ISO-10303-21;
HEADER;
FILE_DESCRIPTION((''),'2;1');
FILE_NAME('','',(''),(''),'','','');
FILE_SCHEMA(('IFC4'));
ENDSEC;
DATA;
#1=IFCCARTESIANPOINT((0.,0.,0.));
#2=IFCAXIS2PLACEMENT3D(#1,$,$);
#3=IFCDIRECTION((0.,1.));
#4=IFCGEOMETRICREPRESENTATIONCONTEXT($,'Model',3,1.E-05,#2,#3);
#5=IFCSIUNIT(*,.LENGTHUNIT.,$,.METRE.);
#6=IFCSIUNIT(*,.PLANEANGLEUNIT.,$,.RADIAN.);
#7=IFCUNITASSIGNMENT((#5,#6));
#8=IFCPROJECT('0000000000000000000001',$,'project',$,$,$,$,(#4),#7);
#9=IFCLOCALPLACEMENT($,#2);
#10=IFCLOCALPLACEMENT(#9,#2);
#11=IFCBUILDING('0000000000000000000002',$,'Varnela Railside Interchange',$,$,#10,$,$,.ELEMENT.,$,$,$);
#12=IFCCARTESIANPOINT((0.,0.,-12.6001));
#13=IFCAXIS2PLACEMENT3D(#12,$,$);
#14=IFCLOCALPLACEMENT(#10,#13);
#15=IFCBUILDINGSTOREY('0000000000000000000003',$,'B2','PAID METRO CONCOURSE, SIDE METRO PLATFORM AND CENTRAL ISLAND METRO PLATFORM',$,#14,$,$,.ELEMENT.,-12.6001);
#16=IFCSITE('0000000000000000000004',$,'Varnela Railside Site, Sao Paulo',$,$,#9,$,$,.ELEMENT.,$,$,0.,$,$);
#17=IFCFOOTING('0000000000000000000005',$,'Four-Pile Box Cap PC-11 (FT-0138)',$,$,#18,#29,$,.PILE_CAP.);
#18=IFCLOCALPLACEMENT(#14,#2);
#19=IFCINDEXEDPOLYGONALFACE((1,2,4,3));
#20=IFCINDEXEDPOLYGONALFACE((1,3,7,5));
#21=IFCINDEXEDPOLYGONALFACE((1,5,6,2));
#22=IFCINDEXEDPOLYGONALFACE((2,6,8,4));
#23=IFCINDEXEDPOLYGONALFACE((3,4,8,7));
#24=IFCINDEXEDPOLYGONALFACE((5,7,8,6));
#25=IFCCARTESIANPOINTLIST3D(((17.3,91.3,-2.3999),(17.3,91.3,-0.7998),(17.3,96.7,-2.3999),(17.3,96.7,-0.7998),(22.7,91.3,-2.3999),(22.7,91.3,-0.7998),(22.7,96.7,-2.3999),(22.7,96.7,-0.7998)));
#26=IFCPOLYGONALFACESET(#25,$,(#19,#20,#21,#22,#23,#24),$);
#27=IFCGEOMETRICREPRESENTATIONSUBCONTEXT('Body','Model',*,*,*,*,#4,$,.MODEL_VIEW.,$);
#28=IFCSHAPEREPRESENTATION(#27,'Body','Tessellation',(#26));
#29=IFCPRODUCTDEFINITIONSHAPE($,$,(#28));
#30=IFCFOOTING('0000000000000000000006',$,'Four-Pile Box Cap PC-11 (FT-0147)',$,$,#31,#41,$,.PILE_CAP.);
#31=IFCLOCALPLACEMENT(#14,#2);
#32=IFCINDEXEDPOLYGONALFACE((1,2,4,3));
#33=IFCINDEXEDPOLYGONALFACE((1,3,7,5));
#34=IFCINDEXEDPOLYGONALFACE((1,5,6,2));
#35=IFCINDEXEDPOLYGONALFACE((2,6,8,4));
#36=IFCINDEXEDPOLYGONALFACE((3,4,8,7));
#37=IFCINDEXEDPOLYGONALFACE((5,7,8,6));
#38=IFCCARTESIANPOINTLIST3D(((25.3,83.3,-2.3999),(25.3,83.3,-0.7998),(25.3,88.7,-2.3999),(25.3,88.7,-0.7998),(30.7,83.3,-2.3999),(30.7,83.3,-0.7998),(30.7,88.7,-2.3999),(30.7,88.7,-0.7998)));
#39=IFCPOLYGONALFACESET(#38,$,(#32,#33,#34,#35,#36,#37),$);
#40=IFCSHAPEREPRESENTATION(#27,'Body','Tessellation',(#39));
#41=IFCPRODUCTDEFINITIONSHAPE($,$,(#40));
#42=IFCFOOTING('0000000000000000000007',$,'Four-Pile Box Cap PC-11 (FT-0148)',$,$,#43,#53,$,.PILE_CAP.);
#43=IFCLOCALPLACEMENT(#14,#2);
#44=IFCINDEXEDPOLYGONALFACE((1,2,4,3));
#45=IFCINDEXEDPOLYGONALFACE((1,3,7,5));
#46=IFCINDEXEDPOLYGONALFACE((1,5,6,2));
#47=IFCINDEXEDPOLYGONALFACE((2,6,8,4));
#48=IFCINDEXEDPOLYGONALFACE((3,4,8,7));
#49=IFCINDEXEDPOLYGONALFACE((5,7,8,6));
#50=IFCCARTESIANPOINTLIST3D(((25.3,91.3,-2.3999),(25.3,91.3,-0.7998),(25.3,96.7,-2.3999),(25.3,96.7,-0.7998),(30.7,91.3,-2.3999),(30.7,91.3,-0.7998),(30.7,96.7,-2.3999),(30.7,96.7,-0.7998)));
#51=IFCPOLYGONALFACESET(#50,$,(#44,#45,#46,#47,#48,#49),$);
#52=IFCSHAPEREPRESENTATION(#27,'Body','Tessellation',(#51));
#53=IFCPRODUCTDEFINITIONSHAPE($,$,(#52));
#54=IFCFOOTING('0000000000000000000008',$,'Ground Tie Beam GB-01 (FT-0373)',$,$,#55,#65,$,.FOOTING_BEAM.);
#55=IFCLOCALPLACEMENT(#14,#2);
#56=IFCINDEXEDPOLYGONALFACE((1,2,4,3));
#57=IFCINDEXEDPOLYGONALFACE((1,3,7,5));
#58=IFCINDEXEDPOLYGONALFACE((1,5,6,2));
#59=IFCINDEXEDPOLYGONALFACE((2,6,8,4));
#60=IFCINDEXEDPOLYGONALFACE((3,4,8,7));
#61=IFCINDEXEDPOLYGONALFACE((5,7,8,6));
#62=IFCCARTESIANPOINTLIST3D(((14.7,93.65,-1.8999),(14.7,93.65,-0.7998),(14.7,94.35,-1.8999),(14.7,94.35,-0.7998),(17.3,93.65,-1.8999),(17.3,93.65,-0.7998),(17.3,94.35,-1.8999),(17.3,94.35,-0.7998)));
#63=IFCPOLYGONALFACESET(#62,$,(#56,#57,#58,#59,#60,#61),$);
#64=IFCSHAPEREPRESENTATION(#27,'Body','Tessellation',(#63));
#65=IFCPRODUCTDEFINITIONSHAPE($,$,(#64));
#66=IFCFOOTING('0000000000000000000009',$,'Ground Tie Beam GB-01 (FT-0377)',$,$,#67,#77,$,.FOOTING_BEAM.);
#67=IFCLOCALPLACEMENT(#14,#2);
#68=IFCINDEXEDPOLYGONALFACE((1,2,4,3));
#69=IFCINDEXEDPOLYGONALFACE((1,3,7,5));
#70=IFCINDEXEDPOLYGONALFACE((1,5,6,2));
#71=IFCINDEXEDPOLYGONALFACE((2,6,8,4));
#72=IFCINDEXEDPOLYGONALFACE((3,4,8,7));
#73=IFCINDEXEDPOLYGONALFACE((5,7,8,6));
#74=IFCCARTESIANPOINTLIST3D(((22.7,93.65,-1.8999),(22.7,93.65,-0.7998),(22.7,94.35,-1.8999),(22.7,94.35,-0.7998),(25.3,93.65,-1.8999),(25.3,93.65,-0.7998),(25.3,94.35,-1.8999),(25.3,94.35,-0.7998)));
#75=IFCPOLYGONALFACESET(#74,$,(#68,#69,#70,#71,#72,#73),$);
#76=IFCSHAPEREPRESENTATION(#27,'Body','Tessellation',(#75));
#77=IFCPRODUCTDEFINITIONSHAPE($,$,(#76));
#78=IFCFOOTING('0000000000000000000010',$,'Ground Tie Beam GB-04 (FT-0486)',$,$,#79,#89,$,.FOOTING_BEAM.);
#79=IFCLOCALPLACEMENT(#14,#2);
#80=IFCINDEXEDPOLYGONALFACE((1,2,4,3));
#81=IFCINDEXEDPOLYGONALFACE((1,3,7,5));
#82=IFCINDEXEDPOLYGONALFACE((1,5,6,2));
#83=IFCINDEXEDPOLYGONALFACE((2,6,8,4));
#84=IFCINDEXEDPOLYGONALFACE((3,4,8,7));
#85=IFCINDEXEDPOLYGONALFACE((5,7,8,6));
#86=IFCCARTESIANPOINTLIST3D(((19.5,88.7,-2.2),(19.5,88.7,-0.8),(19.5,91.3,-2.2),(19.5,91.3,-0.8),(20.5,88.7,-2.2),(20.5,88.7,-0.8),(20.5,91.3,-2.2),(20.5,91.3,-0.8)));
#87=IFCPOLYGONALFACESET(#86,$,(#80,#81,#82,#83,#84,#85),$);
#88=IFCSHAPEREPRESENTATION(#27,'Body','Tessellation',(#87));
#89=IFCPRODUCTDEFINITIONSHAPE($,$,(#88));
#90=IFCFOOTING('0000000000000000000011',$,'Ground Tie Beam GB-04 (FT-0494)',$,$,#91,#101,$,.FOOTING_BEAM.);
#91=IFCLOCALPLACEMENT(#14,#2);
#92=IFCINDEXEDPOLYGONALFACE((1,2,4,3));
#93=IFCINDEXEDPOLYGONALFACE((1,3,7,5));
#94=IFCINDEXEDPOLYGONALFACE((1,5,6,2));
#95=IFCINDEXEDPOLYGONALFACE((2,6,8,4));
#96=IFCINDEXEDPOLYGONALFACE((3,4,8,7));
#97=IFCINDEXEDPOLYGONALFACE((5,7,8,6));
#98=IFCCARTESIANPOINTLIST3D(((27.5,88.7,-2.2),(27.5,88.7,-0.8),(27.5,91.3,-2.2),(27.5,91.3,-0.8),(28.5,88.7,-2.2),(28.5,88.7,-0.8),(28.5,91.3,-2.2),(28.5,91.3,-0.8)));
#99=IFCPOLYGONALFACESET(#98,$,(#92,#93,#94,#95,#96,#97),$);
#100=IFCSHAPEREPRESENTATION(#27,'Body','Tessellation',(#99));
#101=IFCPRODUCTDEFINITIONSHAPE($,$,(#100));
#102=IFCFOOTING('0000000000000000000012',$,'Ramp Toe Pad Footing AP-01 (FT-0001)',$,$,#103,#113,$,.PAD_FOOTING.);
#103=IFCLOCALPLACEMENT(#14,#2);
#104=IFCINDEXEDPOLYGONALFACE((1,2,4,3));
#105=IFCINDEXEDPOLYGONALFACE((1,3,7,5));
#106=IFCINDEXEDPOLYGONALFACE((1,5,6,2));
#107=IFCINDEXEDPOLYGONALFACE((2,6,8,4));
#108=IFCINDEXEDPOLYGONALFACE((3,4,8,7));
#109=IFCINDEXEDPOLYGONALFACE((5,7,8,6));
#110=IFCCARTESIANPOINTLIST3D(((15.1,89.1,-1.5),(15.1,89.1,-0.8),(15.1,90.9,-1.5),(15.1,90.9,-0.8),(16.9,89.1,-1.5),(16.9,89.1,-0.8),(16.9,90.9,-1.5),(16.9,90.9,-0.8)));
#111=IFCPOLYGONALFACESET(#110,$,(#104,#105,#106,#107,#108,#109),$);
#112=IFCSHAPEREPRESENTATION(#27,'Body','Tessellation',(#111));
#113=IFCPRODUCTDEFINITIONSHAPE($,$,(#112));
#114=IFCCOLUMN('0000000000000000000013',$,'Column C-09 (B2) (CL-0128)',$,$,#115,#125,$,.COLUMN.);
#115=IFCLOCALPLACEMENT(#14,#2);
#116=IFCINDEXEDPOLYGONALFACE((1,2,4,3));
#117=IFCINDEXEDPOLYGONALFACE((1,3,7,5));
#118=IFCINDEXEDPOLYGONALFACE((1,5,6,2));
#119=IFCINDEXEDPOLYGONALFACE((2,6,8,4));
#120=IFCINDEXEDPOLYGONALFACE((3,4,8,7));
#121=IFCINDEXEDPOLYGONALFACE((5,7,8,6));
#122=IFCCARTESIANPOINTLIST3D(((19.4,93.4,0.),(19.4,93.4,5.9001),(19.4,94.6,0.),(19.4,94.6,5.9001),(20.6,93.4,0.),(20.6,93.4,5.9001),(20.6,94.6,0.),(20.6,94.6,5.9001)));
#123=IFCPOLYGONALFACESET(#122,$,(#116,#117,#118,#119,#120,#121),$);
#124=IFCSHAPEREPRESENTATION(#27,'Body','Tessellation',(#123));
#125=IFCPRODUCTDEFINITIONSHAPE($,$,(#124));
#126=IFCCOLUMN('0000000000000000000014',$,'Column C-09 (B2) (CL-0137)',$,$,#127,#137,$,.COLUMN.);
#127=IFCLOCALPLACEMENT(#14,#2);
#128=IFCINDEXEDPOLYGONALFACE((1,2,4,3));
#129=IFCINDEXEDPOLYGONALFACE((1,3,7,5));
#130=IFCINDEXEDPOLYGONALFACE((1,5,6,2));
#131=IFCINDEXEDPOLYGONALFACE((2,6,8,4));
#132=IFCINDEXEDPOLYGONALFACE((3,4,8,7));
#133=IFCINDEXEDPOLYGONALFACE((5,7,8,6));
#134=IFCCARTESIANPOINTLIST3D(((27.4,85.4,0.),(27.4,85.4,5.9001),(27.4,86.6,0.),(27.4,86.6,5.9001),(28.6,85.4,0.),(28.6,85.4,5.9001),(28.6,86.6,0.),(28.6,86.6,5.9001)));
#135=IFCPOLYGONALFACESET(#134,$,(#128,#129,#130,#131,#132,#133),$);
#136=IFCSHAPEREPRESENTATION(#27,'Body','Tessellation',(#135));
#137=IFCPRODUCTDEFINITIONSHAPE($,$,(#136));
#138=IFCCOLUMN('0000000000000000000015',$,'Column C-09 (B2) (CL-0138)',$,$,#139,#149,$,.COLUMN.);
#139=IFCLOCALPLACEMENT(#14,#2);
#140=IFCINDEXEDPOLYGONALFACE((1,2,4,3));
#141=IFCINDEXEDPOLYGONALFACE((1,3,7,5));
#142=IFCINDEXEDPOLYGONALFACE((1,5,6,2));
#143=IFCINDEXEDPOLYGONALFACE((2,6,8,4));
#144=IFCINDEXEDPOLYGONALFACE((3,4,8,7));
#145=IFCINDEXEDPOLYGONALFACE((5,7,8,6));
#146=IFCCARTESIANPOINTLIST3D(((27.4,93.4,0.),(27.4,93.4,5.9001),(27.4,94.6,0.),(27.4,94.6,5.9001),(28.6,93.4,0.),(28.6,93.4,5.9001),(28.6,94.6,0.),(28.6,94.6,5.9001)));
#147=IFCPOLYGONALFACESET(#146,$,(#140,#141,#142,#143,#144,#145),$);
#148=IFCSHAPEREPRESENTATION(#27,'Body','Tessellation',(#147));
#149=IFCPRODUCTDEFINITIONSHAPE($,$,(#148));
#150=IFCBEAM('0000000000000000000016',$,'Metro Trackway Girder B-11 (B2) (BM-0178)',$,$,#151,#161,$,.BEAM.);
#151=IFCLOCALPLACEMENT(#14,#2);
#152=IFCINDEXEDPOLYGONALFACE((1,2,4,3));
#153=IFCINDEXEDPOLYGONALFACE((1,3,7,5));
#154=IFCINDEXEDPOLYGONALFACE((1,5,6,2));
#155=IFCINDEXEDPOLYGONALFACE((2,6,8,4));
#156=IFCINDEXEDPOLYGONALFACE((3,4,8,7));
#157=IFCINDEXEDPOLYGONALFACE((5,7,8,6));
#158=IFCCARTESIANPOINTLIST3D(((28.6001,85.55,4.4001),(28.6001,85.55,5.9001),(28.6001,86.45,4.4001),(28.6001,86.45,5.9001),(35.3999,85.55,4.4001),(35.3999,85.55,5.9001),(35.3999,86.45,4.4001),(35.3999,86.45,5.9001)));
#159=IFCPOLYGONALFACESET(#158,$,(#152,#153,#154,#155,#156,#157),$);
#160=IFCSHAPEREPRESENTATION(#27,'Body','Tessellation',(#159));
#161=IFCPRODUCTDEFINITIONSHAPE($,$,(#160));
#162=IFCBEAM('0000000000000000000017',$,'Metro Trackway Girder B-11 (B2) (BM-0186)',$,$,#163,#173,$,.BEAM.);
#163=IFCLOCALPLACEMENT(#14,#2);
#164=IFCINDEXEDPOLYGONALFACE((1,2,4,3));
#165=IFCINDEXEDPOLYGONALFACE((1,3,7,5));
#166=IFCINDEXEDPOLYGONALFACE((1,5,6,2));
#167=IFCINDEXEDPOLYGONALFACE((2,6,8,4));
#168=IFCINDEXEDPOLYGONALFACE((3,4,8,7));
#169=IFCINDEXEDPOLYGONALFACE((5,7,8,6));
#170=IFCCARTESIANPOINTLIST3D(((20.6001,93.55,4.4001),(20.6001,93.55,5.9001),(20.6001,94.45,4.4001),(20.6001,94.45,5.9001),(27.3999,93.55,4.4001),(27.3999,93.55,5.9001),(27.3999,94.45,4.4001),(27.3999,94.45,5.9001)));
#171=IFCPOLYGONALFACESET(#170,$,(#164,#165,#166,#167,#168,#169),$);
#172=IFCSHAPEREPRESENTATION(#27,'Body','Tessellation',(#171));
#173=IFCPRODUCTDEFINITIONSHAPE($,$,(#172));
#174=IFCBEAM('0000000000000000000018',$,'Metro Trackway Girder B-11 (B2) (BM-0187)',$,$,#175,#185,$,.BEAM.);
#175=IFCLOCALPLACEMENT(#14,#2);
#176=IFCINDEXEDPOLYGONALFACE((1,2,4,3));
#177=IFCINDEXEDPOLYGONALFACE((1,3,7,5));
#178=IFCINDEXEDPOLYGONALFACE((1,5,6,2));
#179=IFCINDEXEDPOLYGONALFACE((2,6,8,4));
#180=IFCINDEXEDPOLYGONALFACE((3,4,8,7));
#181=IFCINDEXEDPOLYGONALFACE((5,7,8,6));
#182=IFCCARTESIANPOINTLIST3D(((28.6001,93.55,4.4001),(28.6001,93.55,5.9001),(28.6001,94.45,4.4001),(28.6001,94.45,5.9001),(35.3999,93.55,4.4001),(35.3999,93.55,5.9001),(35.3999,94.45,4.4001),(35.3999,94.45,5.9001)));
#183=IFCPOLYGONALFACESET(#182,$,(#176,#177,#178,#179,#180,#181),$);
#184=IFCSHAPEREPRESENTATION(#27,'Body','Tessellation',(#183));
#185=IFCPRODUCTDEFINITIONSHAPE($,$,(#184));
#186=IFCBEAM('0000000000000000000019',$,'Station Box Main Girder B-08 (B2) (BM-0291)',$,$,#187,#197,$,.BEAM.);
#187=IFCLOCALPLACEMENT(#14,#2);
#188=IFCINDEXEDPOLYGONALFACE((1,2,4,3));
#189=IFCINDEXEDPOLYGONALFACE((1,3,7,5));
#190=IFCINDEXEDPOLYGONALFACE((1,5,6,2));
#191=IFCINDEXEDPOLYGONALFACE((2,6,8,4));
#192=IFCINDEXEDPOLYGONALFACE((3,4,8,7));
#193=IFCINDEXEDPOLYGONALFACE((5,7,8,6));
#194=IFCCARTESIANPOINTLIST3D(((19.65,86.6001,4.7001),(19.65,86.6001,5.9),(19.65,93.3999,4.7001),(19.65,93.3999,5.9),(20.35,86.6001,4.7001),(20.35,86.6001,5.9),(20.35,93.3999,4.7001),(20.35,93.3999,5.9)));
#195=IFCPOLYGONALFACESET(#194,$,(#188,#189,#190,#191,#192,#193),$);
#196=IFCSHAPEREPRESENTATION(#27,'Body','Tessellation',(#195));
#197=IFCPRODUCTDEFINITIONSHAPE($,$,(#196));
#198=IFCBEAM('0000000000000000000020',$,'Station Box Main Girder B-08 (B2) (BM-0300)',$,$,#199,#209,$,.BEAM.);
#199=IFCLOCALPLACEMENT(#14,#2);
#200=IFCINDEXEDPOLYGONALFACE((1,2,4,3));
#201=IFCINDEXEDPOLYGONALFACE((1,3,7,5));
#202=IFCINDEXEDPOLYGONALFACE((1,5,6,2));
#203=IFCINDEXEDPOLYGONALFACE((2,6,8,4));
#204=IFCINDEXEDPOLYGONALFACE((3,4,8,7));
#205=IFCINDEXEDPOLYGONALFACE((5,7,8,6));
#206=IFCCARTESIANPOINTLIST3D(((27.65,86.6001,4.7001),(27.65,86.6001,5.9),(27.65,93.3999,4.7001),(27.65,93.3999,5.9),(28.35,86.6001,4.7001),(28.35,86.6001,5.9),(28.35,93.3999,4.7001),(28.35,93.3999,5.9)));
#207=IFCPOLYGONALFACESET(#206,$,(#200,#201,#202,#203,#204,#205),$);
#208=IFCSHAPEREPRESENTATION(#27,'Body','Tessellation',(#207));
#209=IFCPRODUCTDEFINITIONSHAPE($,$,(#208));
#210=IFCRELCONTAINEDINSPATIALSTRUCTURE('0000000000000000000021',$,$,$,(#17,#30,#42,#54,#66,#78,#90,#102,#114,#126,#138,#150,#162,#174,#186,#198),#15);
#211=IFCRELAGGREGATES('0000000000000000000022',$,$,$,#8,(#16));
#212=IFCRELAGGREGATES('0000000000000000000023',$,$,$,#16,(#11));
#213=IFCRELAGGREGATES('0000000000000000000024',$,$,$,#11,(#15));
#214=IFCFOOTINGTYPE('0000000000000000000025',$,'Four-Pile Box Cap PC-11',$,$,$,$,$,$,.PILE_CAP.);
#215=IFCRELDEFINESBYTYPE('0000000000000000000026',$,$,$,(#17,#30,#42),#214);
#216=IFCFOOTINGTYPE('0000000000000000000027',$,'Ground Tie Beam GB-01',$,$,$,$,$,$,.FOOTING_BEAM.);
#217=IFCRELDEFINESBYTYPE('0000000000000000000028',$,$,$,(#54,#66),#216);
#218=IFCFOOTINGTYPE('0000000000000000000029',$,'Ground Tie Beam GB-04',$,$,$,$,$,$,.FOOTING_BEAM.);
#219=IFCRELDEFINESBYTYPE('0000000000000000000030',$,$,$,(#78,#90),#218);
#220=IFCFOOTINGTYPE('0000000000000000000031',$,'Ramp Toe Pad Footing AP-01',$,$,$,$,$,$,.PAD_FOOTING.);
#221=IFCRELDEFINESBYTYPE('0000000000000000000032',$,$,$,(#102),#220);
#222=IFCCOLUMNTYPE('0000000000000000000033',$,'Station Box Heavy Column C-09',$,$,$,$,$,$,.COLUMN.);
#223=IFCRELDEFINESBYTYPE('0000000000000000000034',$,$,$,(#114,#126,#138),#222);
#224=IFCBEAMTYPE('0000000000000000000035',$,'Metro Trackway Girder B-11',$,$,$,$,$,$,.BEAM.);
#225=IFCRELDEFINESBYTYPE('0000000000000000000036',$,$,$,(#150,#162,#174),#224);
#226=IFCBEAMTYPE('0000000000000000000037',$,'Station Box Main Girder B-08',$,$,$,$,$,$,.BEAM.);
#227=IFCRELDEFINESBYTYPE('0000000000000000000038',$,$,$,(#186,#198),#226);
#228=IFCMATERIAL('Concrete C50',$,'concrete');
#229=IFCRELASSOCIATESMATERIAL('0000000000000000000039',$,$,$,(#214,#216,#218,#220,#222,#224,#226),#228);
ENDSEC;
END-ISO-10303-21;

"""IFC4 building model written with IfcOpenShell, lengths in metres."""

from ifc_helpers import new_model, si_unit, direction, frame, origin, origin_2d, place, context, subcontext, project, spatial, rectangle, extrude, material, material_profile, profile_set, type_object, element, save


model = new_model("IFC4")

# Units and contexts
model_context = context("Model", 3, precision=1e-05, world=origin(), true_north=direction((0.0, 1.0)))
body_context = subcontext(model_context, "Body", "Model", "MODEL_VIEW")
ifc_project = project(units=[si_unit("LENGTHUNIT", "METRE"), si_unit("PLANEANGLEUNIT", "RADIAN")], contexts=[model_context])

# Site, building, storey
site_placement = place(None, origin())
site = spatial("IfcSite", under=ifc_project, at=site_placement, Name="Varnela Railside Site, Sao Paulo", CompositionType="ELEMENT", RefElevation=0.0)
building_placement = place(site_placement, origin())
building = spatial("IfcBuilding", under=site, at=building_placement, Name="Varnela Railside Interchange", CompositionType="ELEMENT")
storey_placement = place(building_placement, frame((0.0, 0.0, -12.6001)))
storey = spatial("IfcBuildingStorey", under=building, at=storey_placement, Name="B2", Description="PAID METRO CONCOURSE, SIDE METRO PLATFORM AND CENTRAL ISLAND METRO PLATFORM", CompositionType="ELEMENT", Elevation=-12.6001)

# Footings
ifc_material_1 = material(Name="Concrete C50", Category="concrete")
footing_type_1 = type_object("IfcFootingType", Name="Four-Pile Box Cap PC-11", PredefinedType="PILE_CAP", material=ifc_material_1)
for number, where, z_axis, x_axis, name in (
    (1, (20.0, 94.0, -2.3999), (0.0, 0.0, 1.0), (1.0, 0.0, 0.0), "Four-Pile Box Cap PC-11 (FT-0138)"),
    (2, (28.0, 86.0, -2.3999), (0.0, 0.0, 1.0), (1.0, 0.0, 0.0), "Four-Pile Box Cap PC-11 (FT-0147)"),
    (3, (28.0, 94.0, -2.3999), (0.0, 0.0, 1.0), (1.0, 0.0, 0.0), "Four-Pile Box Cap PC-11 (FT-0148)"),
):
    element("IfcFooting", number, at=place(storey_placement, frame(where, z_axis=z_axis, x_axis=x_axis)), inside=storey, type_object=footing_type_1, Name=name, PredefinedType="PILE_CAP", context=body_context, shape_type="SweptSolid", body=[
        extrude(rectangle(XDim=5.3999, YDim=5.3999, at=origin_2d()), origin(), (0.0, 0.0, 1.0), 1.6001),
    ])
footing_type_2 = type_object("IfcFootingType", Name="Ground Tie Beam GB-01", PredefinedType="FOOTING_BEAM", material=ifc_material_1)
for number, where, z_axis, x_axis, name in (
    (4, (16.0, 94.0, -1.8999), (0.0, 0.0, 1.0), (1.0, 0.0, 0.0), "Ground Tie Beam GB-01 (FT-0373)"),
    (5, (24.0, 94.0, -1.8999), (0.0, 0.0, 1.0), (1.0, 0.0, 0.0), "Ground Tie Beam GB-01 (FT-0377)"),
):
    element("IfcFooting", number, at=place(storey_placement, frame(where, z_axis=z_axis, x_axis=x_axis)), inside=storey, type_object=footing_type_2, Name=name, PredefinedType="FOOTING_BEAM", context=body_context, shape_type="SweptSolid", body=[
        extrude(rectangle(XDim=2.6001, YDim=0.7, at=origin_2d()), origin(), (0.0, 0.0, 1.0), 1.1001),
    ])
footing_type_3 = type_object("IfcFootingType", Name="Ground Tie Beam GB-04", PredefinedType="FOOTING_BEAM", material=ifc_material_1)
for number, where, z_axis, x_axis, name in (
    (6, (20.0, 90.0, -2.2), (0.0, 0.0, 1.0), (1.0, 0.0, 0.0), "Ground Tie Beam GB-04 (FT-0486)"),
    (7, (28.0, 90.0, -2.2), (0.0, 0.0, 1.0), (1.0, 0.0, 0.0), "Ground Tie Beam GB-04 (FT-0494)"),
):
    element("IfcFooting", number, at=place(storey_placement, frame(where, z_axis=z_axis, x_axis=x_axis)), inside=storey, type_object=footing_type_3, Name=name, PredefinedType="FOOTING_BEAM", context=body_context, shape_type="SweptSolid", body=[
        extrude(rectangle(XDim=1.0, YDim=2.6001, at=origin_2d()), origin(), (0.0, 0.0, 1.0), 1.3999),
    ])
footing_type_4 = type_object("IfcFootingType", Name="Ramp Toe Pad Footing AP-01", PredefinedType="PAD_FOOTING", material=ifc_material_1)
footing_placement = place(storey_placement, frame((16.0, 90.0, -1.5), z_axis=(0.0, 0.0, 1.0), x_axis=(1.0, 0.0, 0.0)))
element("IfcFooting", 8, at=footing_placement, inside=storey, type_object=footing_type_4, Name="Ramp Toe Pad Footing AP-01 (FT-0001)", PredefinedType="PAD_FOOTING", context=body_context, shape_type="SweptSolid", body=[
    extrude(rectangle(XDim=1.8, YDim=1.8, at=origin_2d()), origin(), (0.0, 0.0, 1.0), 0.7),
])

# Columns
ifc_material_profile_1 = material_profile(ifc_material_1, rectangle(XDim=1.2, YDim=1.2, at=origin_2d()), Name="RC 1200x1200")
ifc_profile_set_1 = profile_set([ifc_material_profile_1], Name="Concrete C50")
column_type = type_object("IfcColumnType", Name="Station Box Heavy Column C-09", PredefinedType="COLUMN", material=ifc_profile_set_1)
for number, where, z_axis, x_axis, name in (
    (9, (20.0, 94.0, 0.0), (0.0, 0.0, 1.0), (1.0, 0.0, 0.0), "Column C-09 (B2) (CL-0128)"),
    (10, (28.0, 86.0, 0.0), (0.0, 0.0, 1.0), (1.0, 0.0, 0.0), "Column C-09 (B2) (CL-0137)"),
    (11, (28.0, 94.0, 0.0), (0.0, 0.0, 1.0), (1.0, 0.0, 0.0), "Column C-09 (B2) (CL-0138)"),
):
    element("IfcColumn", number, at=place(storey_placement, frame(where, z_axis=z_axis, x_axis=x_axis)), inside=storey, type_object=column_type, Name=name, PredefinedType="COLUMN", context=body_context, shape_type="SweptSolid", body=[
        extrude(rectangle(XDim=1.2, YDim=1.2, at=origin_2d()), origin(), (0.0, 0.0, 1.0), 5.9001),
    ])

# Beams
ifc_material_profile_2 = material_profile(ifc_material_1, rectangle(XDim=0.8999, YDim=1.5, at=origin_2d()), Name="RC 900x1500")
ifc_profile_set_2 = profile_set([ifc_material_profile_2], Name="Concrete C50")
beam_type_1 = type_object("IfcBeamType", Name="Metro Trackway Girder B-11", PredefinedType="BEAM", material=ifc_profile_set_2)
for number, where, z_axis, x_axis, name in (
    (12, (28.6001, 86.0, 5.1501), (1.0, 0.0, 0.0), (0.0, 1.0, 0.0), "Metro Trackway Girder B-11 (B2) (BM-0178)"),
    (13, (20.6001, 94.0, 5.1501), (1.0, 0.0, 0.0), (0.0, 1.0, 0.0), "Metro Trackway Girder B-11 (B2) (BM-0186)"),
    (14, (28.6001, 94.0, 5.1501), (1.0, 0.0, 0.0), (0.0, 1.0, 0.0), "Metro Trackway Girder B-11 (B2) (BM-0187)"),
):
    element("IfcBeam", number, at=place(storey_placement, frame(where, z_axis=z_axis, x_axis=x_axis)), inside=storey, type_object=beam_type_1, Name=name, PredefinedType="BEAM", context=body_context, shape_type="SweptSolid", body=[
        extrude(rectangle(XDim=0.8999, YDim=1.5, at=origin_2d()), origin(), (0.0, 0.0, 1.0), 6.7998),
    ])
ifc_material_profile_3 = material_profile(ifc_material_1, rectangle(XDim=0.7, YDim=1.2, at=origin_2d()), Name="RC 700x1200")
ifc_profile_set_3 = profile_set([ifc_material_profile_3], Name="Concrete C50")
beam_type_2 = type_object("IfcBeamType", Name="Station Box Main Girder B-08", PredefinedType="BEAM", material=ifc_profile_set_3)
for number, where, z_axis, x_axis, name in (
    (15, (20.0, 86.6001, 5.3), (0.0, 1.0, 0.0), (-1.0, 0.0, 0.0), "Station Box Main Girder B-08 (B2) (BM-0291)"),
    (16, (28.0, 86.6001, 5.3), (0.0, 1.0, 0.0), (-1.0, 0.0, 0.0), "Station Box Main Girder B-08 (B2) (BM-0300)"),
):
    element("IfcBeam", number, at=place(storey_placement, frame(where, z_axis=z_axis, x_axis=x_axis)), inside=storey, type_object=beam_type_2, Name=name, PredefinedType="BEAM", context=body_context, shape_type="SweptSolid", body=[
        extrude(rectangle(XDim=0.7, YDim=1.2, at=origin_2d()), origin(), (0.0, 0.0, 1.0), 6.7998),
    ])

save(model, "model.ifc")
